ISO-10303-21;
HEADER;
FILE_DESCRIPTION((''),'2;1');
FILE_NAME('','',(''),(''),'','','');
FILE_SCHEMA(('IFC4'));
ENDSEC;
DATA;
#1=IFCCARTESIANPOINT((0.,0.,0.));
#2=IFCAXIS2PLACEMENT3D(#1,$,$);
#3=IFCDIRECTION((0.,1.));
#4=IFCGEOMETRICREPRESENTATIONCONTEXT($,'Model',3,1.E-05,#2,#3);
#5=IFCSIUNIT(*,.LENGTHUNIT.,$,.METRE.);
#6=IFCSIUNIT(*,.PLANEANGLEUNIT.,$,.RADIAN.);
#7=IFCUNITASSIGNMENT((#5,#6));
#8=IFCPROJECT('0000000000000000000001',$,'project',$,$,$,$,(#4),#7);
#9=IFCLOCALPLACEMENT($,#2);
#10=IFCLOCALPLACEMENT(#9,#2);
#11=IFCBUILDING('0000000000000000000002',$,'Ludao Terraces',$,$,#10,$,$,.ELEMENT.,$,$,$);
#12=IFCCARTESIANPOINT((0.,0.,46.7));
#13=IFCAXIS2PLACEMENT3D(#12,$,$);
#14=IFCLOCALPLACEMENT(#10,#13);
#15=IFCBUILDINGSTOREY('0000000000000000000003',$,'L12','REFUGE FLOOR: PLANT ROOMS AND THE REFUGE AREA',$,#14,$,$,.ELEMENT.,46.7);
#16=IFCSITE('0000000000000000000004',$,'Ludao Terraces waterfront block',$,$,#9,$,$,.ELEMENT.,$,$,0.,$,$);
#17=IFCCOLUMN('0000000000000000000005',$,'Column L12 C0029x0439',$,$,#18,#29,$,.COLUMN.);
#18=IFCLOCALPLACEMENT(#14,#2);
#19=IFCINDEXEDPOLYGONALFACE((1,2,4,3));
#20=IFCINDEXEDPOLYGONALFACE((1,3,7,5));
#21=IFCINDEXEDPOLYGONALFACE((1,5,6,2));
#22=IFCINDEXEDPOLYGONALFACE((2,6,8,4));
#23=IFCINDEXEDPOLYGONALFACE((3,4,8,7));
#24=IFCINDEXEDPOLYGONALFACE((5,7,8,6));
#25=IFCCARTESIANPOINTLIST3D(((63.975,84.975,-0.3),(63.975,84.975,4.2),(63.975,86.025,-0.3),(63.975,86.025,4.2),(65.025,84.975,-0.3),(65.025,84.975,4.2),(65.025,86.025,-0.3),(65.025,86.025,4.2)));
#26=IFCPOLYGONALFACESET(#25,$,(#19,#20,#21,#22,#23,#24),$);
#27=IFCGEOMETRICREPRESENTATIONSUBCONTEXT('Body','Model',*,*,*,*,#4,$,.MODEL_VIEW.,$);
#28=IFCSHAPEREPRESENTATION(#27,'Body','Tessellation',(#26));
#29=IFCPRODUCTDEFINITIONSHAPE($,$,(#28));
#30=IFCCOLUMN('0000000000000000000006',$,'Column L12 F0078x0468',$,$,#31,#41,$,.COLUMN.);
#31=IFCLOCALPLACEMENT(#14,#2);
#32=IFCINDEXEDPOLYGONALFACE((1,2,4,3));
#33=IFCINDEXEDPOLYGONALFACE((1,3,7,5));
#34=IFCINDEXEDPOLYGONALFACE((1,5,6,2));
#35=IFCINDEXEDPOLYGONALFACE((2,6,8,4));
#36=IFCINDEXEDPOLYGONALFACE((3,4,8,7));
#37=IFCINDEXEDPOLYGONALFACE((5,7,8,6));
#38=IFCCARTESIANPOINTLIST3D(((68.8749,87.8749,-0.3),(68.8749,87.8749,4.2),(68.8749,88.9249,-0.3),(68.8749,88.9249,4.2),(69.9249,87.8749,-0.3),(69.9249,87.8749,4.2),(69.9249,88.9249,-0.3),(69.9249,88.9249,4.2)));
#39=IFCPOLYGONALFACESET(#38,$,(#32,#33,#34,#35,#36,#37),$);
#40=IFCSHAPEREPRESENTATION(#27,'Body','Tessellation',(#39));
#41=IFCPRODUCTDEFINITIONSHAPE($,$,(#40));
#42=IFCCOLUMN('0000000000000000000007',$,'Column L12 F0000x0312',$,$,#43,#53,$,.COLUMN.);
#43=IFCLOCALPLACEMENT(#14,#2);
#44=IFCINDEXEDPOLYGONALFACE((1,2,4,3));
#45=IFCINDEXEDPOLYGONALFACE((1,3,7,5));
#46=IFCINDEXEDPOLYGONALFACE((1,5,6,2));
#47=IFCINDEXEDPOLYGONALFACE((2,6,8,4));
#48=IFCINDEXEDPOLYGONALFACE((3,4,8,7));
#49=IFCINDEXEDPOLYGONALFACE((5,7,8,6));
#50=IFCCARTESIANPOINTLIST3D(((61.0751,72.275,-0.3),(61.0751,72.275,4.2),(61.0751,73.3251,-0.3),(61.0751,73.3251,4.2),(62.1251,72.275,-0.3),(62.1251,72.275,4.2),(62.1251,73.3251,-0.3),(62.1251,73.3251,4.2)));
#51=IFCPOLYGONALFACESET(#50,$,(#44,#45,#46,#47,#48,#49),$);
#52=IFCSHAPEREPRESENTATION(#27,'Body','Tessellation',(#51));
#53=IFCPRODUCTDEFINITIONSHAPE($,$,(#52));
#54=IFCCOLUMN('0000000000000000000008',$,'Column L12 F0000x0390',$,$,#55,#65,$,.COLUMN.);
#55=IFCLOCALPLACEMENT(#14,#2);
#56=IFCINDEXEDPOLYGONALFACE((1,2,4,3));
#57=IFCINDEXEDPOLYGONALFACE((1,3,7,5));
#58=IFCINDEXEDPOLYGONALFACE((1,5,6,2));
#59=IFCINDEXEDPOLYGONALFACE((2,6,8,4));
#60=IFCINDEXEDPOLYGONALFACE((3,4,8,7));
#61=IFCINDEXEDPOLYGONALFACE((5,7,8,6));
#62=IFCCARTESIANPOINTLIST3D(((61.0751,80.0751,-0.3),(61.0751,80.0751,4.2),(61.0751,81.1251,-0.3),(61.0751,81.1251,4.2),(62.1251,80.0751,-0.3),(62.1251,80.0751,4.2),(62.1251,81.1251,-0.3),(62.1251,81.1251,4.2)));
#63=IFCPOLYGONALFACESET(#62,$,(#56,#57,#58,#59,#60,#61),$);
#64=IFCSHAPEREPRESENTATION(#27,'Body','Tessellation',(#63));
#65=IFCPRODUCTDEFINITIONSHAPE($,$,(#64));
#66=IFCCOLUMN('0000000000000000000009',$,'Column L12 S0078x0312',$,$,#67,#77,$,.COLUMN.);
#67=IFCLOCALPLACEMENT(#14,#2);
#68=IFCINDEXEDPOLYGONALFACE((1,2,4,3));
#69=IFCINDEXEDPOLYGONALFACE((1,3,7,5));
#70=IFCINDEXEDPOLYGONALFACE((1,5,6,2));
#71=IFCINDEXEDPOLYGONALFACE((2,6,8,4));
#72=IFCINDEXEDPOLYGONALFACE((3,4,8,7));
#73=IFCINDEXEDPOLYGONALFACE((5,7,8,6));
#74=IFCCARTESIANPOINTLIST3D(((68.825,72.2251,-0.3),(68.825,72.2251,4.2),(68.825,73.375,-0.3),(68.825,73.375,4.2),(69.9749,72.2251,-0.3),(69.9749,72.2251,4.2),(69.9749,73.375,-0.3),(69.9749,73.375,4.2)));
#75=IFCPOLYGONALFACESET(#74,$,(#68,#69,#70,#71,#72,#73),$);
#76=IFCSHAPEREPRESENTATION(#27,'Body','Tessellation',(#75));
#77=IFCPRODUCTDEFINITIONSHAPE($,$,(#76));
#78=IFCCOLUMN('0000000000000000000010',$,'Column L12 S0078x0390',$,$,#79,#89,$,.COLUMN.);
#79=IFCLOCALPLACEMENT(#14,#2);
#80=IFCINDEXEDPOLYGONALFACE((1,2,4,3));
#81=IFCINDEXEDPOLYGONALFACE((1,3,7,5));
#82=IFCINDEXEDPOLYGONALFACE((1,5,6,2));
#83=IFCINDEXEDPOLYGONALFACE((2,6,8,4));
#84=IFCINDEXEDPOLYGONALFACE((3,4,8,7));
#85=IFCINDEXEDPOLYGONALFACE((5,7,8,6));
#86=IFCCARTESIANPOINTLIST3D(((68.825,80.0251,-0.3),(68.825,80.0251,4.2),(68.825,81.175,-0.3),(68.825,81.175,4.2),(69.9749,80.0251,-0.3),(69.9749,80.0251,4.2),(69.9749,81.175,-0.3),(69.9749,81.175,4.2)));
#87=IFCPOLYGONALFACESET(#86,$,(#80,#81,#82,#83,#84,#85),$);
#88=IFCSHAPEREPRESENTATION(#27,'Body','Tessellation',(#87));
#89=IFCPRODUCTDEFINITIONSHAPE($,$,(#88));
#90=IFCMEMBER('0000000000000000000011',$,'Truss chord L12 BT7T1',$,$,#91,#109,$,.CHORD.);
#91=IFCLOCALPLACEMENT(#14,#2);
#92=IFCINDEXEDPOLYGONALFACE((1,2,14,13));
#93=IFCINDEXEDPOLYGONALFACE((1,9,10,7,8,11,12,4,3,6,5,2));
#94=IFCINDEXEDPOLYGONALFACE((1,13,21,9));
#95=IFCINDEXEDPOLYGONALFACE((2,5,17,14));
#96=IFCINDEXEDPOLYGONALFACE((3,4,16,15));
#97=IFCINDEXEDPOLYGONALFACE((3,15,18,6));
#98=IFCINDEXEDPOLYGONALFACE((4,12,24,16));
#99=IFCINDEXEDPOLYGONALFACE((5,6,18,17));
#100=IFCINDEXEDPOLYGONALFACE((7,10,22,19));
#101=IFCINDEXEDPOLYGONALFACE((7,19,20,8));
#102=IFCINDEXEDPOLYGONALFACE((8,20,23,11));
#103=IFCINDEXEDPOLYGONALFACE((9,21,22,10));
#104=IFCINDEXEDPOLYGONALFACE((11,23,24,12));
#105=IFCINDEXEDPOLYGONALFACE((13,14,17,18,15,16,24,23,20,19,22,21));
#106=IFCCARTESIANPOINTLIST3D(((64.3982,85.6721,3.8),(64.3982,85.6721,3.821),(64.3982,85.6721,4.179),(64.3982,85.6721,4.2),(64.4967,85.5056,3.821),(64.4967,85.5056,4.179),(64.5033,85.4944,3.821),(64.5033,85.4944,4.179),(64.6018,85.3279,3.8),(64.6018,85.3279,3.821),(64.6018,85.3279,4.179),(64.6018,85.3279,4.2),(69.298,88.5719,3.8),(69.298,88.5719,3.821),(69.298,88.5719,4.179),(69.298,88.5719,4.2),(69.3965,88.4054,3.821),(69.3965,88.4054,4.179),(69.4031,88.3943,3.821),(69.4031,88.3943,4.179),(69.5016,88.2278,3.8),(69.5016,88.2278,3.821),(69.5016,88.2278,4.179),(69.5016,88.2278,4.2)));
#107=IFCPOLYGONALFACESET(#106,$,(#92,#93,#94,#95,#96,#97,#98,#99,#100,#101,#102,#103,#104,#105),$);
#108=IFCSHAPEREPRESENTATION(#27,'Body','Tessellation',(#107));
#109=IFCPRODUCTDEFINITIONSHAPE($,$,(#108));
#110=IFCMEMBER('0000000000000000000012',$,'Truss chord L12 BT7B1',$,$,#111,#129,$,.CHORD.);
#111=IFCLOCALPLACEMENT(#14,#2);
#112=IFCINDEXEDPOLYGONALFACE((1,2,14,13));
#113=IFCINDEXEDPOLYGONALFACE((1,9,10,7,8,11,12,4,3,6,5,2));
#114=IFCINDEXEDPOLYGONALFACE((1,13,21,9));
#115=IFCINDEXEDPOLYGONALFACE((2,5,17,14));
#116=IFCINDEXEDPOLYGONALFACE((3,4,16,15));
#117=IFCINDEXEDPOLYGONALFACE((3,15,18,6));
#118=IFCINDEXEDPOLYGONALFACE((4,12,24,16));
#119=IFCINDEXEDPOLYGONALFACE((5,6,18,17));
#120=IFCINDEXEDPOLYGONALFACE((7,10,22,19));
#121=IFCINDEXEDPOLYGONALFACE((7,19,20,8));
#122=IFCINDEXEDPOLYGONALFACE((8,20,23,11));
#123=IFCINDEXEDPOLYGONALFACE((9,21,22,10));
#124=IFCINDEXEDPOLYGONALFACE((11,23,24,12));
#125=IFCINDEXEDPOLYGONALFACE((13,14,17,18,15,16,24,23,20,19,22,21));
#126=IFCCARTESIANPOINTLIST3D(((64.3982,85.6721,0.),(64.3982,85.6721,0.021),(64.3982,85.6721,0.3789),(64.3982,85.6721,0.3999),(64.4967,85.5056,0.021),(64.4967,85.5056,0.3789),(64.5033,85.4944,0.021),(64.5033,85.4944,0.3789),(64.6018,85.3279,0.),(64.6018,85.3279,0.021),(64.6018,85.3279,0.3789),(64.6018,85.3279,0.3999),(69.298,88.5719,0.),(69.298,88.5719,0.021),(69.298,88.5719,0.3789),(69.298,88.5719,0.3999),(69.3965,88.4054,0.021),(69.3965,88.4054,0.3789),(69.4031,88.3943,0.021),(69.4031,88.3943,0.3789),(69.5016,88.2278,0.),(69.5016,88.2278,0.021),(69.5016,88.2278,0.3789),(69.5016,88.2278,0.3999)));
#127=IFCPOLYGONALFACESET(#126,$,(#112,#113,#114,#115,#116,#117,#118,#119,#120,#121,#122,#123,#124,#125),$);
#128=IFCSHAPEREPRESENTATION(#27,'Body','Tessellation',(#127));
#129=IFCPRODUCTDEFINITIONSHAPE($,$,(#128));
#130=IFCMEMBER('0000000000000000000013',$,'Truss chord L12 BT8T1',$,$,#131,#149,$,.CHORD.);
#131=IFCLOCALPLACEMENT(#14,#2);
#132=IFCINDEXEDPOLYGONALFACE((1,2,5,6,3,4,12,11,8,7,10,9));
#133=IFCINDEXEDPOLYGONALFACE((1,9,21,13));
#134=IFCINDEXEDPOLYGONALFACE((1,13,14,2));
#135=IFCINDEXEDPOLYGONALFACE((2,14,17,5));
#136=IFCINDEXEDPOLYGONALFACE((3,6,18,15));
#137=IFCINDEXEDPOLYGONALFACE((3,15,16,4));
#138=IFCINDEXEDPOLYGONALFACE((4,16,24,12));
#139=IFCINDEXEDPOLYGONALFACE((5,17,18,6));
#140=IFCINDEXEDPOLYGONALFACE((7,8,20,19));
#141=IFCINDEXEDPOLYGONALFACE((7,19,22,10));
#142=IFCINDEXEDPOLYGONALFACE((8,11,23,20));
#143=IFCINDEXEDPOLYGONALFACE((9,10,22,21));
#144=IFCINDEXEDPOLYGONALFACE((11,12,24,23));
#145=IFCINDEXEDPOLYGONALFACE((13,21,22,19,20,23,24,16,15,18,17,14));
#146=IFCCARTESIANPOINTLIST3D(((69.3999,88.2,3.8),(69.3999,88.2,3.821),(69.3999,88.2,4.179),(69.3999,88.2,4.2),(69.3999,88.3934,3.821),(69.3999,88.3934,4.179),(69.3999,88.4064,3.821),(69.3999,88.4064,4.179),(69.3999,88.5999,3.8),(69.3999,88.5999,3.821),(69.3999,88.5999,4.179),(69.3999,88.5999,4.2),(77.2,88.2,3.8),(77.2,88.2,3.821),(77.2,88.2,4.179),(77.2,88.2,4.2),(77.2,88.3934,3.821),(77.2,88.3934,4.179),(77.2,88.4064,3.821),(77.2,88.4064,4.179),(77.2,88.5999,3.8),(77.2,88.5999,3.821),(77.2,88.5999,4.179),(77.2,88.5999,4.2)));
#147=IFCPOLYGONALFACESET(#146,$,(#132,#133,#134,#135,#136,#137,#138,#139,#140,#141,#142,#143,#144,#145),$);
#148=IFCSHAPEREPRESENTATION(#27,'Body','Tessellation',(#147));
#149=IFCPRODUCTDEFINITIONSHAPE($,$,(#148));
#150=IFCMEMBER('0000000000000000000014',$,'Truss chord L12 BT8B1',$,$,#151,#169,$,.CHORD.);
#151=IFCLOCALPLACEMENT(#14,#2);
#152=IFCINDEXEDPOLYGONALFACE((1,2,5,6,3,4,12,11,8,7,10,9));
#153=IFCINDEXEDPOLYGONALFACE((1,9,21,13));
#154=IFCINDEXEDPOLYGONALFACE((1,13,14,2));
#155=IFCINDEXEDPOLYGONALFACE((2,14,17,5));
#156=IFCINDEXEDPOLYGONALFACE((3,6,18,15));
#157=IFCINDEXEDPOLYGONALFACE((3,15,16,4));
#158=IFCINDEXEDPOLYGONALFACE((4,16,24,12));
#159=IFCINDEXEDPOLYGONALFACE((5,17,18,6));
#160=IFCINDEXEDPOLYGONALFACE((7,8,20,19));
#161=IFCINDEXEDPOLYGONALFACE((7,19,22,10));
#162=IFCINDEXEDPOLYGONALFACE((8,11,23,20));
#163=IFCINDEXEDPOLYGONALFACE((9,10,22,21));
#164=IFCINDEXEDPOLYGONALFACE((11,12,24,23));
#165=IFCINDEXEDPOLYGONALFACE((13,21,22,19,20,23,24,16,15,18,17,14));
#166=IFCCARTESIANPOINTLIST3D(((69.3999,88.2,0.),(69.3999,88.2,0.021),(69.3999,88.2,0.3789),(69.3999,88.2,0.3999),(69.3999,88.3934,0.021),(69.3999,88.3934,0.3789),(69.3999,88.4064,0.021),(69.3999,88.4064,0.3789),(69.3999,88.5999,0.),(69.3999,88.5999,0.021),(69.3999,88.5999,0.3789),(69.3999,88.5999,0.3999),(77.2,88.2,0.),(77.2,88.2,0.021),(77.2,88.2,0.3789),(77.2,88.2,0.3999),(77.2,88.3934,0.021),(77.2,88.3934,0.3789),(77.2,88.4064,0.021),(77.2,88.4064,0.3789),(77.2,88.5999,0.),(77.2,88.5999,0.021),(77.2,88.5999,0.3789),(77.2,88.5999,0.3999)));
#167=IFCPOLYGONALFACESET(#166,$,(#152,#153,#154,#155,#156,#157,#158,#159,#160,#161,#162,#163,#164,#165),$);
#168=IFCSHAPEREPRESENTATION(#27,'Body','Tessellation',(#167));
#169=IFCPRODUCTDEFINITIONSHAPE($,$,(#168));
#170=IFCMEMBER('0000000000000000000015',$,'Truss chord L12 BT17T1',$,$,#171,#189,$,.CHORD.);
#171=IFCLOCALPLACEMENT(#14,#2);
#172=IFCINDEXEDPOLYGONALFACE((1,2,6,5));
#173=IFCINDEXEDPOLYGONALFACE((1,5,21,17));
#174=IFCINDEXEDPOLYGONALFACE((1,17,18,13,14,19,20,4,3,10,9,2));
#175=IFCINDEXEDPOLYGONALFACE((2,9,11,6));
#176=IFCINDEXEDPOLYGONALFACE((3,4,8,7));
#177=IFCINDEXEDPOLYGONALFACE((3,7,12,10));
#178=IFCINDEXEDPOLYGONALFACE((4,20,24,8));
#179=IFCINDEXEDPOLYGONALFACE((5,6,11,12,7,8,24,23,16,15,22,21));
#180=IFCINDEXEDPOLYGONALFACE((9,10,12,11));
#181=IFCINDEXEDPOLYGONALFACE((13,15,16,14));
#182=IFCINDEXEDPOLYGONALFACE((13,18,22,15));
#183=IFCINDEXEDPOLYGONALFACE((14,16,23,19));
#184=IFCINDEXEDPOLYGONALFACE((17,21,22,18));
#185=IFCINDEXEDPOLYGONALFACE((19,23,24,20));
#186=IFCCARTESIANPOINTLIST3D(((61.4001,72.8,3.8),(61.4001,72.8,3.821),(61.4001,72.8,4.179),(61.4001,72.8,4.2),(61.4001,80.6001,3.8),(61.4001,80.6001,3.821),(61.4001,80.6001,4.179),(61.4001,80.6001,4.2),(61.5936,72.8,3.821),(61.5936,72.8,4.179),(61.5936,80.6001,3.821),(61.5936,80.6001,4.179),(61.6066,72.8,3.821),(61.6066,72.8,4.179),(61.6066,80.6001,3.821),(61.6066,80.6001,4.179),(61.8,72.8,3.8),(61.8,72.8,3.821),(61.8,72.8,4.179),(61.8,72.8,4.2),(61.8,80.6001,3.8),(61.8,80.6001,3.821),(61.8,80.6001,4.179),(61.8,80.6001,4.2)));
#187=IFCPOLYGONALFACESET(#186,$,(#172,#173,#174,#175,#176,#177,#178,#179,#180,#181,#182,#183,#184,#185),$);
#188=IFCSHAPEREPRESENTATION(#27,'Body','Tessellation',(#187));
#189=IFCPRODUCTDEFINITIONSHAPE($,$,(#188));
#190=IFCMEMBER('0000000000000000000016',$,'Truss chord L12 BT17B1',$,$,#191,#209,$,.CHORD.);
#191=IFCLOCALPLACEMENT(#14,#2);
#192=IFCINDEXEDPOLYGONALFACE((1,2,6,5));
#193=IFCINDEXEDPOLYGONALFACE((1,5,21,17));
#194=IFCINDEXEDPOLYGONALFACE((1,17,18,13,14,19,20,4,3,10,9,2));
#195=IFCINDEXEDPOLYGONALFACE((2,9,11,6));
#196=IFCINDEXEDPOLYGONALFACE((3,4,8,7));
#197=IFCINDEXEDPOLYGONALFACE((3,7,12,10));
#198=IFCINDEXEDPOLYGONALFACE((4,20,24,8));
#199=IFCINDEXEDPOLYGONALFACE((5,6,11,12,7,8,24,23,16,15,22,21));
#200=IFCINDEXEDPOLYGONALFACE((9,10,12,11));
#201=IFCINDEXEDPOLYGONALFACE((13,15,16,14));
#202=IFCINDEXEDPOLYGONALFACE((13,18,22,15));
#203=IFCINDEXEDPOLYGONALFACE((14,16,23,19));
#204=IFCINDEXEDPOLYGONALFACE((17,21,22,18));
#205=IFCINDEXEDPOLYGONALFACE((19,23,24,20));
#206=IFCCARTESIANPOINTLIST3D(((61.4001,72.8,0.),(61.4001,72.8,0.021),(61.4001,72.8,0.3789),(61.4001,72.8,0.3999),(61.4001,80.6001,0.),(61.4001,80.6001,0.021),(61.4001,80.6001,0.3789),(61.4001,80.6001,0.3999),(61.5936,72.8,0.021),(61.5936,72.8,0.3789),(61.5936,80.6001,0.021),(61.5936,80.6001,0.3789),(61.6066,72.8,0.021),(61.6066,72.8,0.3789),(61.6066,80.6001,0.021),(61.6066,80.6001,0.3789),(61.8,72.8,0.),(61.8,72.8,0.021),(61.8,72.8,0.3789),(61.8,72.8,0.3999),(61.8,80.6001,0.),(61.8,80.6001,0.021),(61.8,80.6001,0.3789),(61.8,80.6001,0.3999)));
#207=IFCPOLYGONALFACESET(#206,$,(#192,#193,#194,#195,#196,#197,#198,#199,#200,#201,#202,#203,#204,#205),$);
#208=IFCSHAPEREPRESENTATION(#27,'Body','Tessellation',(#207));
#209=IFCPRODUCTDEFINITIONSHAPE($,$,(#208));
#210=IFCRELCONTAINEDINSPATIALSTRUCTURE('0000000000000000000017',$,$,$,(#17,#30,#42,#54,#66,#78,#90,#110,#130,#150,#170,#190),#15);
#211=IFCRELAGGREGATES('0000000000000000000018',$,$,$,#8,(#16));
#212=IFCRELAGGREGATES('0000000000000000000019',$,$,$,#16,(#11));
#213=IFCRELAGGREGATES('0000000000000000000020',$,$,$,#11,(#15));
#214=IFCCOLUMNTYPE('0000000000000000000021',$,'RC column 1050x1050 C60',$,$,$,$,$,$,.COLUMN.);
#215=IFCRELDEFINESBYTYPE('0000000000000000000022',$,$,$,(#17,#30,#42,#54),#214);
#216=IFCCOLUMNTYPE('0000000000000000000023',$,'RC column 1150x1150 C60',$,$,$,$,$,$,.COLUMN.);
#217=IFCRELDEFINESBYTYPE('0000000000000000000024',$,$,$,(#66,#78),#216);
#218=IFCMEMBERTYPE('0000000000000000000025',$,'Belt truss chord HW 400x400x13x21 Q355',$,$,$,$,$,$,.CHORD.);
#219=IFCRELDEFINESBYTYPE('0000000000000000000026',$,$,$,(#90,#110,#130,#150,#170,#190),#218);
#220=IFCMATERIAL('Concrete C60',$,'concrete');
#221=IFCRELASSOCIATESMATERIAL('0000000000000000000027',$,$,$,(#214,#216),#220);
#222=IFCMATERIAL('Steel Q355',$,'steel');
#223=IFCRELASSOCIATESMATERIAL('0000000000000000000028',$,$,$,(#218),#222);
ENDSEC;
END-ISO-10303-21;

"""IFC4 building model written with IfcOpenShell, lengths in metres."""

from ifc_helpers import new_model, si_unit, direction, frame, origin, origin_2d, place, context, subcontext, project, spatial, rectangle, i_section, extrude, material, material_profile, profile_set, type_object, element, save


model = new_model("IFC4")

# Units and contexts
model_context = context("Model", 3, precision=1e-05, world=origin(), true_north=direction((0.0, 1.0)))
body_context = subcontext(model_context, "Body", "Model", "MODEL_VIEW")
ifc_project = project(units=[si_unit("LENGTHUNIT", "METRE"), si_unit("PLANEANGLEUNIT", "RADIAN")], contexts=[model_context])

# Site, building, storey
site_placement = place(None, origin())
site = spatial("IfcSite", under=ifc_project, at=site_placement, Name="Ludao Terraces waterfront block", CompositionType="ELEMENT", RefElevation=0.0)
building_placement = place(site_placement, origin())
building = spatial("IfcBuilding", under=site, at=building_placement, Name="Ludao Terraces", CompositionType="ELEMENT")
storey_placement = place(building_placement, frame((0.0, 0.0, 46.7)))
storey = spatial("IfcBuildingStorey", under=building, at=storey_placement, Name="L12", Description="REFUGE FLOOR: PLANT ROOMS AND THE REFUGE AREA", CompositionType="ELEMENT", Elevation=46.7)

# Columns
ifc_material_1 = material(Name="Concrete C60", Category="concrete")
ifc_material_profile_1 = material_profile(ifc_material_1, rectangle(XDim=1.05, YDim=1.05, at=origin_2d()), Name="1050 X 1050")
ifc_profile_set_1 = profile_set([ifc_material_profile_1], Name="Concrete C60")
column_type_1 = type_object("IfcColumnType", Name="RC column 1050x1050 C60", PredefinedType="COLUMN", material=ifc_profile_set_1)
for number, where, z_axis, x_axis, name in (
    (1, (64.5, 85.5, -0.3), (0.0, 0.0, 1.0), (1.0, 0.0, 0.0), "Column L12 C0029x0439"),
    (2, (69.3999, 88.3999, -0.3), (0.0, 0.0, 1.0), (1.0, 0.0, 0.0), "Column L12 F0078x0468"),
    (3, (61.6001, 72.8, -0.3), (0.0, 0.0, 1.0), (1.0, 0.0, 0.0), "Column L12 F0000x0312"),
    (4, (61.6001, 80.6001, -0.3), (0.0, 0.0, 1.0), (1.0, 0.0, 0.0), "Column L12 F0000x0390"),
):
    element("IfcColumn", number, at=place(storey_placement, frame(where, z_axis=z_axis, x_axis=x_axis)), inside=storey, type_object=column_type_1, Name=name, PredefinedType="COLUMN", context=body_context, shape_type="SweptSolid", body=[
        extrude(rectangle(XDim=1.05, YDim=1.05, at=origin_2d()), origin(), (0.0, 0.0, 1.0), 4.5),
    ])
ifc_material_profile_2 = material_profile(ifc_material_1, rectangle(XDim=1.1499, YDim=1.1499, at=origin_2d()), Name="1150 X 1150")
ifc_profile_set_2 = profile_set([ifc_material_profile_2], Name="Concrete C60")
column_type_2 = type_object("IfcColumnType", Name="RC column 1150x1150 C60", PredefinedType="COLUMN", material=ifc_profile_set_2)
for number, where, z_axis, x_axis, name in (
    (5, (69.3999, 72.8, -0.3), (0.0, 0.0, 1.0), (1.0, 0.0, 0.0), "Column L12 S0078x0312"),
    (6, (69.3999, 80.6001, -0.3), (0.0, 0.0, 1.0), (1.0, 0.0, 0.0), "Column L12 S0078x0390"),
):
    element("IfcColumn", number, at=place(storey_placement, frame(where, z_axis=z_axis, x_axis=x_axis)), inside=storey, type_object=column_type_2, Name=name, PredefinedType="COLUMN", context=body_context, shape_type="SweptSolid", body=[
        extrude(rectangle(XDim=1.1499, YDim=1.1499, at=origin_2d()), origin(), (0.0, 0.0, 1.0), 4.5),
    ])

# Members
ifc_material_2 = material(Name="Steel Q355", Category="steel")
ifc_material_profile_3 = material_profile(ifc_material_2, i_section(OverallWidth=0.3999, OverallDepth=0.3999, WebThickness=0.0129, FlangeThickness=0.021, at=origin_2d()), Name="HW 400X400X13X21")
ifc_profile_set_3 = profile_set([ifc_material_profile_3], Name="Steel Q355")
member_type_1 = type_object("IfcMemberType", Name="Belt truss chord HW 400x400x13x21 Q355", PredefinedType="CHORD", material=ifc_profile_set_3)
for number, where, z_axis, x_axis, name in (
    (7, (64.5, 85.5, 4.0), (0.86058, 0.509316, 0.0), (-0.509316, 0.86058, 0.0), "Truss chord L12 BT7T1"),
    (8, (64.5, 85.5, 0.2), (0.86058, 0.509316, 0.0), (-0.509316, 0.86058, 0.0), "Truss chord L12 BT7B1"),
):
    element("IfcMember", number, at=place(storey_placement, frame(where, z_axis=z_axis, x_axis=x_axis)), inside=storey, type_object=member_type_1, Name=name, PredefinedType="CHORD", context=body_context, shape_type="SweptSolid", body=[
        extrude(i_section(OverallWidth=0.3999, OverallDepth=0.3999, WebThickness=0.0129, FlangeThickness=0.021, at=origin_2d()), origin(), (0.0, 0.0, 1.0), 5.6936),
    ])
for number, where, z_axis, x_axis, name in (
    (9, (69.3999, 88.3999, 4.0), (1.0, 0.0, 0.0), (0.0, 1.0, 0.0), "Truss chord L12 BT8T1"),
    (10, (69.3999, 88.3999, 0.2), (1.0, 0.0, 0.0), (0.0, 1.0, 0.0), "Truss chord L12 BT8B1"),
    (11, (61.6001, 72.8, 4.0), (0.0, 1.0, 0.0), (-1.0, 0.0, 0.0), "Truss chord L12 BT17T1"),
    (12, (61.6001, 72.8, 0.2), (0.0, 1.0, 0.0), (-1.0, 0.0, 0.0), "Truss chord L12 BT17B1"),
):
    element("IfcMember", number, at=place(storey_placement, frame(where, z_axis=z_axis, x_axis=x_axis)), inside=storey, type_object=member_type_1, Name=name, PredefinedType="CHORD", context=body_context, shape_type="SweptSolid", body=[
        extrude(i_section(OverallWidth=0.3999, OverallDepth=0.3999, WebThickness=0.0129, FlangeThickness=0.021, at=origin_2d()), origin(), (0.0, 0.0, 1.0), 7.8),
    ])

save(model, "model.ifc")
